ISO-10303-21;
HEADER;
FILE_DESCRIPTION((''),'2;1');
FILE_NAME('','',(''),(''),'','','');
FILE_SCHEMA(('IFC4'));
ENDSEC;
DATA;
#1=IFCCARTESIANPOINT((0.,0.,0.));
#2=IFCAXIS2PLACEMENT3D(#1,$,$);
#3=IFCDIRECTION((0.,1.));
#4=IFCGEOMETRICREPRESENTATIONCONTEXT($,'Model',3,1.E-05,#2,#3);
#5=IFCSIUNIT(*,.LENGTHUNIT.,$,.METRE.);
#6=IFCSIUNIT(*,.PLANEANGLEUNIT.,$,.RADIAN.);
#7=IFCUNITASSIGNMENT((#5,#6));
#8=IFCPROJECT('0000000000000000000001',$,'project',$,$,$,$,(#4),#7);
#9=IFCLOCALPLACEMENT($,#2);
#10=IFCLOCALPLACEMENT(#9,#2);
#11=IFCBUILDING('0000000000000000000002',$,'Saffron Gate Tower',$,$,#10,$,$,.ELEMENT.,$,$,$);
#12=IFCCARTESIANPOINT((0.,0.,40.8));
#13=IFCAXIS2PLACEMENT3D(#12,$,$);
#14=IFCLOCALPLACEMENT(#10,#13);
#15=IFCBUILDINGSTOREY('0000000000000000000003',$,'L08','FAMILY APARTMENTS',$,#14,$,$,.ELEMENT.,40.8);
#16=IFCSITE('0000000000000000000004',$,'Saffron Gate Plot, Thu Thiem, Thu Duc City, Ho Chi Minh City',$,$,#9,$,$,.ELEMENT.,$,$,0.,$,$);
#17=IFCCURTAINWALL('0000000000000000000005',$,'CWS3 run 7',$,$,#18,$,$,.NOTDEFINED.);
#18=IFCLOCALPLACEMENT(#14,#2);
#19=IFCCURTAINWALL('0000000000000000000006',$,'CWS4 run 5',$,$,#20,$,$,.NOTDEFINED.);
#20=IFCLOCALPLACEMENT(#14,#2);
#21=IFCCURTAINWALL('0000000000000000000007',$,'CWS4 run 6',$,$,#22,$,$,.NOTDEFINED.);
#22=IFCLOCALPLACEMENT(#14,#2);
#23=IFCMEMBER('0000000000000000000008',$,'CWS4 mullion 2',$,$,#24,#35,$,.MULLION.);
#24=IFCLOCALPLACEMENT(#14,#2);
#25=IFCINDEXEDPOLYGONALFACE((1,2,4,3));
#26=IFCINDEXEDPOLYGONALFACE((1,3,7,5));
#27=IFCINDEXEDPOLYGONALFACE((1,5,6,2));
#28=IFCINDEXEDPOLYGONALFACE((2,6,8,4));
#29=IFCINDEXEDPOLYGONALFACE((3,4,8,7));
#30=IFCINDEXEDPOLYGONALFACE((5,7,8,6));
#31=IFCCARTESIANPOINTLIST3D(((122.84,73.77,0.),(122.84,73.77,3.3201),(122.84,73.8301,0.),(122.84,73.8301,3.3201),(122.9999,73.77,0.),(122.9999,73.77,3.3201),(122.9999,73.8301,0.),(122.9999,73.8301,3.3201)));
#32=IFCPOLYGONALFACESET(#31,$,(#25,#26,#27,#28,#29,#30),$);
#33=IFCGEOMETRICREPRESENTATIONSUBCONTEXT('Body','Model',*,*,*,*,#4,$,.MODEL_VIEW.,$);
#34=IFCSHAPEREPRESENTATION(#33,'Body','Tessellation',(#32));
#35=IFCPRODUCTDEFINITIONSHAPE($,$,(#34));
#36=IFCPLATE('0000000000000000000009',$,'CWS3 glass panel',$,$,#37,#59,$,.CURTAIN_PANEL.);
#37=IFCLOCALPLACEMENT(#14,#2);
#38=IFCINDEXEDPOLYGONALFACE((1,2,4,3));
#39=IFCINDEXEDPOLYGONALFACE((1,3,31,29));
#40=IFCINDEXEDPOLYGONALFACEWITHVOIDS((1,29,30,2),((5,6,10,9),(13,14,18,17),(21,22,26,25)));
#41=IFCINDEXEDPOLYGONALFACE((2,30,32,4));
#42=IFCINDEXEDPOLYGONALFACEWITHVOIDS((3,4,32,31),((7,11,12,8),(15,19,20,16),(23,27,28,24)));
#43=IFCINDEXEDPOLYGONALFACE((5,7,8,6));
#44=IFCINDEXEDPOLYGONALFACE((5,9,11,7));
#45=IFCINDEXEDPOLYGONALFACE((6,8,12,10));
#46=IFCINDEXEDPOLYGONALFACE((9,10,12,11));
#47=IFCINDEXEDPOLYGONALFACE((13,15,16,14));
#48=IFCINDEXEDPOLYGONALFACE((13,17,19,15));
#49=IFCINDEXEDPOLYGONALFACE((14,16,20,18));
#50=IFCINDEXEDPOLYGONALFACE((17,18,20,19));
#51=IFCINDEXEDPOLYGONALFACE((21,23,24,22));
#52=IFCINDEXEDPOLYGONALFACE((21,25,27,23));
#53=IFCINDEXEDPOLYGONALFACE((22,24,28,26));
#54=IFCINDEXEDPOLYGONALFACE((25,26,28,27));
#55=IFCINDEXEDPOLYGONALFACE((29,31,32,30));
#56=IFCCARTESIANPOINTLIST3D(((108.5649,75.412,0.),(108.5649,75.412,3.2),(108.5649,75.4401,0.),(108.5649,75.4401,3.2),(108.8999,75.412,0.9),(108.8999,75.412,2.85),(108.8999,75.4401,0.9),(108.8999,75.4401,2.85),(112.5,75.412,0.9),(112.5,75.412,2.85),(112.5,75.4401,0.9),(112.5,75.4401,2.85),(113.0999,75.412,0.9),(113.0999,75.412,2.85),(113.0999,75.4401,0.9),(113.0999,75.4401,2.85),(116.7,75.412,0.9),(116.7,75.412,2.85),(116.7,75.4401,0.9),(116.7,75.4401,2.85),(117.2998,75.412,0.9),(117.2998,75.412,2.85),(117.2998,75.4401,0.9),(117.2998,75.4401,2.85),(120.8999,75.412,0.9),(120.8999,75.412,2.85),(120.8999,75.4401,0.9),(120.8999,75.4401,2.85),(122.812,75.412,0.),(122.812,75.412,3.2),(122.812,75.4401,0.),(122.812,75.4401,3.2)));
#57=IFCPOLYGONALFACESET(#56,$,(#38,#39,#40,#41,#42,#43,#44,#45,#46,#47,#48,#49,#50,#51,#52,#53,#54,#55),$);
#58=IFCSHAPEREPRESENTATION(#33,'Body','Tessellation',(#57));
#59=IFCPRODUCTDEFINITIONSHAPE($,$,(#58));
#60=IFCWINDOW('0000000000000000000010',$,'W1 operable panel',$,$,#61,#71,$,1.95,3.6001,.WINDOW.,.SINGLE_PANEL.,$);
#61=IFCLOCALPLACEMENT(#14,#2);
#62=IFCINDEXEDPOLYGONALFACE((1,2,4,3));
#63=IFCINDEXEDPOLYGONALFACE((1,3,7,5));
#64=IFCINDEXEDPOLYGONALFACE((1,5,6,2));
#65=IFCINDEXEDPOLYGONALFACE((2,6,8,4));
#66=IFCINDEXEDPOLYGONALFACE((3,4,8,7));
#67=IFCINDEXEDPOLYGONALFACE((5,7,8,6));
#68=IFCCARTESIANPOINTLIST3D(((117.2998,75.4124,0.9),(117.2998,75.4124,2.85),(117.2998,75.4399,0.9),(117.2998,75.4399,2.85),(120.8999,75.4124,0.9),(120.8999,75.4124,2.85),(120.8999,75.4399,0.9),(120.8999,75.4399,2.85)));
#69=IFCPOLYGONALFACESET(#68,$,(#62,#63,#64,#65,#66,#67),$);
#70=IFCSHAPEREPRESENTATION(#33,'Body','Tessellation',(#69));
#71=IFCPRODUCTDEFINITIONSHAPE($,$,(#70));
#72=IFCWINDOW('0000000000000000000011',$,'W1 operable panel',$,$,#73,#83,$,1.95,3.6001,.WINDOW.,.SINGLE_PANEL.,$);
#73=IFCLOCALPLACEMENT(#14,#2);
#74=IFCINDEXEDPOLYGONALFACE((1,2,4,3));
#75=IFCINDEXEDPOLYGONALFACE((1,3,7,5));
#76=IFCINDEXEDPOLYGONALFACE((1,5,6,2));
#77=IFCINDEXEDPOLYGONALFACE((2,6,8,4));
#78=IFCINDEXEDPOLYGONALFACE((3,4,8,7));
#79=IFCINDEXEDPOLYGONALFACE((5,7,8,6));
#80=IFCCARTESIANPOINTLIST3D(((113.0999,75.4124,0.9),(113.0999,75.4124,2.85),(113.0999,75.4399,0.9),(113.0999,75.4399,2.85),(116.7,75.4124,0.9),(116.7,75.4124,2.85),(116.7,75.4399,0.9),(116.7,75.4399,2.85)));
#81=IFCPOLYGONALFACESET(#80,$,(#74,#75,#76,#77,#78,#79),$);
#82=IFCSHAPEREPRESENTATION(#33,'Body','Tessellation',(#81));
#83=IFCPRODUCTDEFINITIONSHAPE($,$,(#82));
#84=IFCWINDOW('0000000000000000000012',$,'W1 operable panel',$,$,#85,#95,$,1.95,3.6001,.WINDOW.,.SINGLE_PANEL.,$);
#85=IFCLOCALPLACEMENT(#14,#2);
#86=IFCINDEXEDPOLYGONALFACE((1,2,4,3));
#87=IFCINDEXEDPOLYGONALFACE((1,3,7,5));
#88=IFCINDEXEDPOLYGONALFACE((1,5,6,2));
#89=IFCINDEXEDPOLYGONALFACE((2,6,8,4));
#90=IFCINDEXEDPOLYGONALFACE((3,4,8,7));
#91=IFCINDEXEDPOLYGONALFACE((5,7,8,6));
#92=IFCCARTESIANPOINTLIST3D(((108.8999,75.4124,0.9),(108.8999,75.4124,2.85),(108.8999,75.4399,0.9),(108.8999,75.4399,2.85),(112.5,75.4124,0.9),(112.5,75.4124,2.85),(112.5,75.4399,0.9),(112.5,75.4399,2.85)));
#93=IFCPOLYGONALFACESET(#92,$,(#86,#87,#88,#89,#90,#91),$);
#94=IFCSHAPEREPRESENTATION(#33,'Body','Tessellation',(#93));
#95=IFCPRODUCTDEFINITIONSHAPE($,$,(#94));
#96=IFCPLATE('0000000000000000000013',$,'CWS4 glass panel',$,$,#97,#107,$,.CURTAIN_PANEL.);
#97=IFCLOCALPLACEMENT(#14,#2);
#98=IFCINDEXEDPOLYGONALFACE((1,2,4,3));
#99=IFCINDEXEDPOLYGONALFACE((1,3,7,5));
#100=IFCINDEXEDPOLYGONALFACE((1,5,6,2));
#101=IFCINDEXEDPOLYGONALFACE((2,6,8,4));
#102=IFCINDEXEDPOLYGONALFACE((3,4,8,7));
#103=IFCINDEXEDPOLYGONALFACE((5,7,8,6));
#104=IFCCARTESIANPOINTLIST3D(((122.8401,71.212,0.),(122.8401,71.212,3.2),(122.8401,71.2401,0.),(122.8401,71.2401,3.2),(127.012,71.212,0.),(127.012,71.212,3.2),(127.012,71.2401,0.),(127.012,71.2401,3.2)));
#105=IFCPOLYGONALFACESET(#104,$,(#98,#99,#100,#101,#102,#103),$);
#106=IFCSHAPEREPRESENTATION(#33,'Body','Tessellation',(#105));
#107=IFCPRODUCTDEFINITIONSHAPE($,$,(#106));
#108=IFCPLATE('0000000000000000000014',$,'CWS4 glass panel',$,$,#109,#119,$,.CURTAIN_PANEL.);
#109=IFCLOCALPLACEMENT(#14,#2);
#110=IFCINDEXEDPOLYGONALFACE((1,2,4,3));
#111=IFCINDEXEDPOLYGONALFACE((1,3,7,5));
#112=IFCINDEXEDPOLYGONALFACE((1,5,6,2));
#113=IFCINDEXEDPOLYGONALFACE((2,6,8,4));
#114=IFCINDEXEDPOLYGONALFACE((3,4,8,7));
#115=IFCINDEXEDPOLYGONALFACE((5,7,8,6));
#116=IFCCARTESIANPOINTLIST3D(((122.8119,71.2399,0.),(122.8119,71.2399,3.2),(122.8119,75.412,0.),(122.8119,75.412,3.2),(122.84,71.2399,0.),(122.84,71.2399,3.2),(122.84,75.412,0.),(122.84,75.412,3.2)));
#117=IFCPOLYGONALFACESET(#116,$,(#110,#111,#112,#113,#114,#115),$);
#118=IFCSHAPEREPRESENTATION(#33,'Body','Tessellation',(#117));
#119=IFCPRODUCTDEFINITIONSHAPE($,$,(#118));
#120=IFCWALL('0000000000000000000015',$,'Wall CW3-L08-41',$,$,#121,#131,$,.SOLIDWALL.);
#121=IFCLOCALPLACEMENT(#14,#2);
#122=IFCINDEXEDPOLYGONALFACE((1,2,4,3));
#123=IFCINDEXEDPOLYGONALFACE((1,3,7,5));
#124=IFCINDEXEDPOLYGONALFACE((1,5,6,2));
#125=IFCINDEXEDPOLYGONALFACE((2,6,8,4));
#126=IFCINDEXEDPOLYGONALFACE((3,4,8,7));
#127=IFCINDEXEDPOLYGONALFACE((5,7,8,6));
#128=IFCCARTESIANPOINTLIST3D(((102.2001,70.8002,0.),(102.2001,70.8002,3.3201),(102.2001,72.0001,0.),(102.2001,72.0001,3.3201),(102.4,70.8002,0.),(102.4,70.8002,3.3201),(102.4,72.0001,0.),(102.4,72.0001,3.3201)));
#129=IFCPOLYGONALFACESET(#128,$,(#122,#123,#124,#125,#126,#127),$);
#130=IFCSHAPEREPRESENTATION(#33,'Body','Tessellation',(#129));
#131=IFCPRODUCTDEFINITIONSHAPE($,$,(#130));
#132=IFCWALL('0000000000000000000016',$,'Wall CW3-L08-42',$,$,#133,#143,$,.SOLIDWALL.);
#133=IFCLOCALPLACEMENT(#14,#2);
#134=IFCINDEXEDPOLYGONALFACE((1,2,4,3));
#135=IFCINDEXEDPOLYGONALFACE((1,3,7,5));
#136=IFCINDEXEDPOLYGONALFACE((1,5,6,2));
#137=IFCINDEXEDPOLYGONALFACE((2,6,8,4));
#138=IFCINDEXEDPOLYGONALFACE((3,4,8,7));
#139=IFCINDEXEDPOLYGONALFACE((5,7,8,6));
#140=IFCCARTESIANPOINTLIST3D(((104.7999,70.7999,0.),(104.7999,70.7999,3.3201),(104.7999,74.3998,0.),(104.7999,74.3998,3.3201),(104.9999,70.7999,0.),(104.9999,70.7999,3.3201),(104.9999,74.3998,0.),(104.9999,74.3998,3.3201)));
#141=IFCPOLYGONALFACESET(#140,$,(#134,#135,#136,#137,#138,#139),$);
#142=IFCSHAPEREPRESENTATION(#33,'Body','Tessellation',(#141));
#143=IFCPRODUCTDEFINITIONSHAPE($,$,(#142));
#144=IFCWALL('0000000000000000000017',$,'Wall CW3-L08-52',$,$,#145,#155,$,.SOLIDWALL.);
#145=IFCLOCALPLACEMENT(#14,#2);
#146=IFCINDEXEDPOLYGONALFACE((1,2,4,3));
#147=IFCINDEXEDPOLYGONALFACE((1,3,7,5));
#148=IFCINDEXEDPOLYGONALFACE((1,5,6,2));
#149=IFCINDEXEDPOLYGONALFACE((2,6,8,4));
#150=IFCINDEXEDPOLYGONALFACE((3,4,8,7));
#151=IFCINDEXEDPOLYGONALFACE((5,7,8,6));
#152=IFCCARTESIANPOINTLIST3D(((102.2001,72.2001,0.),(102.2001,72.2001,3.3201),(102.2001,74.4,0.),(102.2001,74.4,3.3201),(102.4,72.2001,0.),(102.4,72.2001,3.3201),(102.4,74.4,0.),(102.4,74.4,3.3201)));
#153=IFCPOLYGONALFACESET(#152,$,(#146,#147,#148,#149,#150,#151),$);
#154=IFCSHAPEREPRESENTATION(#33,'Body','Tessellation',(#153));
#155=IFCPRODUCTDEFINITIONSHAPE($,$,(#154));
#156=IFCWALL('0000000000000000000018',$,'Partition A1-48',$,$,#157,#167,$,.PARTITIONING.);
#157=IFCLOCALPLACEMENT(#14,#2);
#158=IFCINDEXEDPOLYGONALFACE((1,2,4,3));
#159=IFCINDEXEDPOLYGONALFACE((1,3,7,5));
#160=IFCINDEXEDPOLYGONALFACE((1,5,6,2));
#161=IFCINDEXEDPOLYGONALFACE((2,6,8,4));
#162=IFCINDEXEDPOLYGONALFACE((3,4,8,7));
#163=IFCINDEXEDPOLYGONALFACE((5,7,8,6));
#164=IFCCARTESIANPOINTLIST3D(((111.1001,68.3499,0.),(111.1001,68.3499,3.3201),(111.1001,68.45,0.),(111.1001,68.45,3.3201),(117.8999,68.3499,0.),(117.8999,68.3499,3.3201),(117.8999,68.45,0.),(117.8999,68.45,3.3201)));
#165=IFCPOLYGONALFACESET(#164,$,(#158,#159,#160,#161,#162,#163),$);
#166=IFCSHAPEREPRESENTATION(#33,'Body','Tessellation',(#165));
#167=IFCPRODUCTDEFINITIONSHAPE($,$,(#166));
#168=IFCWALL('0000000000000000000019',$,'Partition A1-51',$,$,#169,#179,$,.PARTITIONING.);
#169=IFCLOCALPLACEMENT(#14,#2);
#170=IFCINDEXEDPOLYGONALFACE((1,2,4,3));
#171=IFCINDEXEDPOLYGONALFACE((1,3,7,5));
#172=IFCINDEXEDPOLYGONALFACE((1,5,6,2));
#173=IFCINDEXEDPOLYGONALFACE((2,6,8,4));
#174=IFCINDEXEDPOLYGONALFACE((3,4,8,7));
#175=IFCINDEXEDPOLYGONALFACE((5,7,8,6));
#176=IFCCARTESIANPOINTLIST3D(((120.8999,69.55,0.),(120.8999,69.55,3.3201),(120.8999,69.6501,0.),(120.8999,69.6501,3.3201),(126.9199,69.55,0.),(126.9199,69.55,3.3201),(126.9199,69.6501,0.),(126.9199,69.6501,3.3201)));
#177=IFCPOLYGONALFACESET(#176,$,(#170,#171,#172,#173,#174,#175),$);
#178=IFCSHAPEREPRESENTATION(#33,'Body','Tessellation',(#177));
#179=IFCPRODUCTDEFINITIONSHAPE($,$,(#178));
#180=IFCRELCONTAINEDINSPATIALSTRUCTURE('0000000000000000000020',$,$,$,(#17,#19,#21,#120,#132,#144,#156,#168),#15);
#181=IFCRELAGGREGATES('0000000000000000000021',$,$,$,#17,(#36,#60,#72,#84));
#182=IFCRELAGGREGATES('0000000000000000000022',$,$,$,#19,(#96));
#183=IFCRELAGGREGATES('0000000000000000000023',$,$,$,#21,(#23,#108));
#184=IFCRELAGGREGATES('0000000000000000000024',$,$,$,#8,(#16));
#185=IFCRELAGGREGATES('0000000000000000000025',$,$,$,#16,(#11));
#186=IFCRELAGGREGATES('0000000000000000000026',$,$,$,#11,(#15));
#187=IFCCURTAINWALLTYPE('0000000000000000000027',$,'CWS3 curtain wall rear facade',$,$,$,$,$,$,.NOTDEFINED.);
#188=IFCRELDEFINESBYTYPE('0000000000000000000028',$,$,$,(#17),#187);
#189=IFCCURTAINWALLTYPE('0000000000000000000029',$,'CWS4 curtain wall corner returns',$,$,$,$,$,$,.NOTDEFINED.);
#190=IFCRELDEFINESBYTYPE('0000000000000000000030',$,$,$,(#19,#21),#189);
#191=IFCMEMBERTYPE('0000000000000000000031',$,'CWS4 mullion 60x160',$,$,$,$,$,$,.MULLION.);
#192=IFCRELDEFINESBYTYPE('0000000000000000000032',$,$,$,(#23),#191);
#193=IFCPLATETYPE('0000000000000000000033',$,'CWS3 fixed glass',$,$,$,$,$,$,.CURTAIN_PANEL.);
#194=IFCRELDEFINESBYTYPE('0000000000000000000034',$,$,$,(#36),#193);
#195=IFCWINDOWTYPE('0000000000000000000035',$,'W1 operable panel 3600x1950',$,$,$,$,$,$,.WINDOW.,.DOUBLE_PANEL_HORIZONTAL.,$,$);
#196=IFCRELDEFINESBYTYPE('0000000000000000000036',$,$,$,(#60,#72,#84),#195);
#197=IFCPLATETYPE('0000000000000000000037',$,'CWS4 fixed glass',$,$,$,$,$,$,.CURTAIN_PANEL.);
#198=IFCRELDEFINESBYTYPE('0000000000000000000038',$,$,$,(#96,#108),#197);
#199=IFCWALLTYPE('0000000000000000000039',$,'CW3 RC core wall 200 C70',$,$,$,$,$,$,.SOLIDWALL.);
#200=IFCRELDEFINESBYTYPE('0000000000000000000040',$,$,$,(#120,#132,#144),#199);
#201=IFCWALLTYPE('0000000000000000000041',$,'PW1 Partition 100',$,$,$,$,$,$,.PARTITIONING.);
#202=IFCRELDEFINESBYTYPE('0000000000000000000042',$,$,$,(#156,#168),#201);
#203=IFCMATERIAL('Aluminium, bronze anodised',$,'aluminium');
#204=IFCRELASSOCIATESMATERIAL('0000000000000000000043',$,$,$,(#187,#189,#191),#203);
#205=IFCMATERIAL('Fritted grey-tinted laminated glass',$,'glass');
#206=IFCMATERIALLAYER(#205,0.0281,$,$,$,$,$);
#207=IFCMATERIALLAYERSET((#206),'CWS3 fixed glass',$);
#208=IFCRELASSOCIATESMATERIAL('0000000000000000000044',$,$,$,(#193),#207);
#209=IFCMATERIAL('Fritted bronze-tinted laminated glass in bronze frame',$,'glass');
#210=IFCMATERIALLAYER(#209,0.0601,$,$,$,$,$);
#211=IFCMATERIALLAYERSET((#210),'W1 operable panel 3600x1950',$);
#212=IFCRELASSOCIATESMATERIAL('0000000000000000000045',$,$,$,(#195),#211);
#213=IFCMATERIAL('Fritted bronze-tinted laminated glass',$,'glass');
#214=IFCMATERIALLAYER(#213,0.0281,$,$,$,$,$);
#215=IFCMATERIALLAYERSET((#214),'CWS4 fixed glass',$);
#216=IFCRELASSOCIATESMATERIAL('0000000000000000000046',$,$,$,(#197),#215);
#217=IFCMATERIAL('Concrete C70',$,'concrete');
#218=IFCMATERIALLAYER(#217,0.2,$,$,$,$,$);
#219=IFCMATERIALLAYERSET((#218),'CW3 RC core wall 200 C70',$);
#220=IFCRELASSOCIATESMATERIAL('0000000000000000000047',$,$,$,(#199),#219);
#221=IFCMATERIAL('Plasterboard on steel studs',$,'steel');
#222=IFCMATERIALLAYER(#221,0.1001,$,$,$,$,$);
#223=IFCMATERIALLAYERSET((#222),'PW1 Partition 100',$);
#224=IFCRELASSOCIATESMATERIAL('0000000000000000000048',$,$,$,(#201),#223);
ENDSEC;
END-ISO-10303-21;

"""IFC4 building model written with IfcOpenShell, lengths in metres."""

from ifc_helpers import new_model, si_unit, direction, frame, frame_2d, origin, origin_2d, place, context, subcontext, project, spatial, rectangle, extrude, material, layer, layer_set, material_profile, profile_set, type_object, element, fill, aggregate, save


model = new_model("IFC4")

# Units and contexts
model_context = context("Model", 3, precision=1e-05, world=origin(), true_north=direction((0.0, 1.0)))
body_context = subcontext(model_context, "Body", "Model", "MODEL_VIEW")
ifc_project = project(units=[si_unit("LENGTHUNIT", "METRE"), si_unit("PLANEANGLEUNIT", "RADIAN")], contexts=[model_context])

# Site, building, storey
site_placement = place(None, origin())
site = spatial("IfcSite", under=ifc_project, at=site_placement, Name="Saffron Gate Plot, Thu Thiem, Thu Duc City, Ho Chi Minh City", CompositionType="ELEMENT", RefElevation=0.0)
building_placement = place(site_placement, origin())
building = spatial("IfcBuilding", under=site, at=building_placement, Name="Saffron Gate Tower", CompositionType="ELEMENT")
storey_placement = place(building_placement, frame((0.0, 0.0, 40.8)))
storey = spatial("IfcBuildingStorey", under=building, at=storey_placement, Name="L08", Description="FAMILY APARTMENTS", CompositionType="ELEMENT", Elevation=40.8)

# Curtain wall
ifc_material_1 = material(Name="Aluminium, bronze anodised", Category="aluminium")
curtain_wall_type_1 = type_object("IfcCurtainWallType", Name="CWS3 curtain wall rear facade", PredefinedType="NOTDEFINED", material=ifc_material_1)
curtain_wall_1_placement = place(storey_placement, origin())
curtain_wall_1 = element("IfcCurtainWall", 1, at=curtain_wall_1_placement, inside=storey, type_object=curtain_wall_type_1, Name="CWS3 run 7", PredefinedType="NOTDEFINED")

# Curtain walls
curtain_wall_type_2 = type_object("IfcCurtainWallType", Name="CWS4 curtain wall corner returns", PredefinedType="NOTDEFINED", material=ifc_material_1)
curtain_wall_2_placement = place(storey_placement, origin())
curtain_wall_2 = element("IfcCurtainWall", 2, at=curtain_wall_2_placement, inside=storey, type_object=curtain_wall_type_2, Name="CWS4 run 5", PredefinedType="NOTDEFINED")
curtain_wall_3_placement = place(storey_placement, origin())
curtain_wall_3 = element("IfcCurtainWall", 3, at=curtain_wall_3_placement, inside=storey, type_object=curtain_wall_type_2, Name="CWS4 run 6", PredefinedType="NOTDEFINED")

# Member
ifc_material_profile_1 = material_profile(ifc_material_1, rectangle(XDim=0.1599, YDim=0.0601, at=origin_2d()))
ifc_profile_set_1 = profile_set([ifc_material_profile_1], Name="Aluminium, bronze anodised")
member_type_1 = type_object("IfcMemberType", Name="CWS4 mullion 60x160", PredefinedType="MULLION", material=ifc_profile_set_1)
member_1_placement = place(storey_placement, frame((122.9199, 73.8, 0.0), z_axis=(0.0, 0.0, 1.0), x_axis=(-1.0, 0.0, 0.0)))
member_1 = element("IfcMember", 4, at=member_1_placement, type_object=member_type_1, Name="CWS4 mullion 2", PredefinedType="MULLION", context=body_context, shape_type="SweptSolid", body=[
    extrude(rectangle(XDim=0.1599, YDim=0.0601, at=origin_2d()), origin(), (0.0, 0.0, 1.0), 3.3201),
])

# Plate, openings, windows
ifc_material_2 = material(Name="Fritted grey-tinted laminated glass", Category="glass")
ifc_layer_1 = layer(ifc_material_2, 0.0281)
ifc_layer_set_1 = layer_set([ifc_layer_1], Name="CWS3 fixed glass")
plate_type_1 = type_object("IfcPlateType", Name="CWS3 fixed glass", PredefinedType="CURTAIN_PANEL", material=ifc_layer_set_1)
plate_1_placement = place(storey_placement, frame((122.812, 75.426, 0.0), z_axis=(0.0, 0.0, 1.0), x_axis=(-1.0, 0.0, 0.0)))
plate_1 = element("IfcPlate", 5, at=plate_1_placement, type_object=plate_type_1, Name="CWS3 glass panel", PredefinedType="CURTAIN_PANEL", context=body_context, shape_type="SweptSolid", body=[
    extrude(rectangle(XDim=14.2471, YDim=0.0281, at=frame_2d((7.1235, 0.0))), origin(), (0.0, 0.0, 1.0), 3.2),
])
opening_1_placement = place(plate_1_placement, frame((1.9121, 0.0, 0.8999)))
opening_1 = element("IfcOpeningElement", 6, at=opening_1_placement, cuts=plate_1, PredefinedType="OPENING", context=body_context, shape_type="SweptSolid", body=[
    extrude(rectangle(XDim=3.6001, YDim=1.95, at=frame_2d((1.8, 0.9751))), frame((0.0, 0.0239, 0.0), z_axis=(0.0, -1.0, 0.0), x_axis=(1.0, 0.0, 0.0)), (0.0, 0.0, 1.0), 0.0481),
])
opening_2_placement = place(plate_1_placement, frame((6.1121, 0.0, 0.8999)))
opening_2 = element("IfcOpeningElement", 7, at=opening_2_placement, cuts=plate_1, PredefinedType="OPENING", context=body_context, shape_type="SweptSolid", body=[
    extrude(rectangle(XDim=3.6001, YDim=1.95, at=frame_2d((1.8, 0.9751))), frame((0.0, 0.0239, 0.0), z_axis=(0.0, -1.0, 0.0), x_axis=(1.0, 0.0, 0.0)), (0.0, 0.0, 1.0), 0.0481),
])
opening_3_placement = place(plate_1_placement, frame((10.312, 0.0, 0.8999)))
opening_3 = element("IfcOpeningElement", 8, at=opening_3_placement, cuts=plate_1, PredefinedType="OPENING", context=body_context, shape_type="SweptSolid", body=[
    extrude(rectangle(XDim=3.6001, YDim=1.95, at=frame_2d((1.8, 0.9751))), frame((0.0, 0.0239, 0.0), z_axis=(0.0, -1.0, 0.0), x_axis=(1.0, 0.0, 0.0)), (0.0, 0.0, 1.0), 0.0481),
])
ifc_material_3 = material(Name="Fritted bronze-tinted laminated glass in bronze frame", Category="glass")
ifc_layer_2 = layer(ifc_material_3, 0.0601)
ifc_layer_set_2 = layer_set([ifc_layer_2], Name="W1 operable panel 3600x1950")
window_type = type_object("IfcWindowType", Name="W1 operable panel 3600x1950", PartitioningType="DOUBLE_PANEL_HORIZONTAL", PredefinedType="WINDOW", material=ifc_layer_set_2)
window_1_placement = place(opening_1_placement, origin())
window_1 = element("IfcWindow", 9, at=window_1_placement, type_object=window_type, Name="W1 operable panel", OverallHeight=1.95, OverallWidth=3.6001, PartitioningType="SINGLE_PANEL", PredefinedType="WINDOW", context=body_context, shape_type="SweptSolid", body=[
    extrude(rectangle(XDim=3.6001, YDim=1.95, at=frame_2d((1.8, 0.9751))), frame((0.0, 0.0137, 0.0), z_axis=(0.0, -1.0, 0.0), x_axis=(1.0, 0.0, 0.0)), (0.0, 0.0, 1.0), 0.0276),
])
fill(opening_1, window_1)
window_2_placement = place(opening_2_placement, origin())
window_2 = element("IfcWindow", 10, at=window_2_placement, type_object=window_type, Name="W1 operable panel", OverallHeight=1.95, OverallWidth=3.6001, PartitioningType="SINGLE_PANEL", PredefinedType="WINDOW", context=body_context, shape_type="SweptSolid", body=[
    extrude(rectangle(XDim=3.6001, YDim=1.95, at=frame_2d((1.8, 0.9751))), frame((0.0, 0.0137, 0.0), z_axis=(0.0, -1.0, 0.0), x_axis=(1.0, 0.0, 0.0)), (0.0, 0.0, 1.0), 0.0276),
])
fill(opening_2, window_2)
window_3_placement = place(opening_3_placement, origin())
window_3 = element("IfcWindow", 11, at=window_3_placement, type_object=window_type, Name="W1 operable panel", OverallHeight=1.95, OverallWidth=3.6001, PartitioningType="SINGLE_PANEL", PredefinedType="WINDOW", context=body_context, shape_type="SweptSolid", body=[
    extrude(rectangle(XDim=3.6001, YDim=1.95, at=frame_2d((1.8, 0.9751))), frame((0.0, 0.0137, 0.0), z_axis=(0.0, -1.0, 0.0), x_axis=(1.0, 0.0, 0.0)), (0.0, 0.0, 1.0), 0.0276),
])
fill(opening_3, window_3)
aggregate(curtain_wall_1, [plate_1, window_1, window_2, window_3])

# Plates
ifc_material_4 = material(Name="Fritted bronze-tinted laminated glass", Category="glass")
ifc_layer_3 = layer(ifc_material_4, 0.0281)
ifc_layer_set_3 = layer_set([ifc_layer_3], Name="CWS4 fixed glass")
plate_type_2 = type_object("IfcPlateType", Name="CWS4 fixed glass", PredefinedType="CURTAIN_PANEL", material=ifc_layer_set_3)
plate_2_placement = place(storey_placement, frame((127.012, 71.2261, 0.0), z_axis=(0.0, 0.0, 1.0), x_axis=(-1.0, 0.0, 0.0)))
plate_2 = element("IfcPlate", 12, at=plate_2_placement, type_object=plate_type_2, Name="CWS4 glass panel", PredefinedType="CURTAIN_PANEL", context=body_context, shape_type="SweptSolid", body=[
    extrude(rectangle(XDim=4.1719, YDim=0.0281, at=frame_2d((2.0859, 0.0))), origin(), (0.0, 0.0, 1.0), 3.2),
])
aggregate(curtain_wall_2, [plate_2])
plate_3_placement = place(storey_placement, frame((122.8259, 71.24, 0.0), z_axis=(0.0, 0.0, 1.0), x_axis=(0.0, 1.0, 0.0)))
plate_3 = element("IfcPlate", 13, at=plate_3_placement, type_object=plate_type_2, Name="CWS4 glass panel", PredefinedType="CURTAIN_PANEL", context=body_context, shape_type="SweptSolid", body=[
    extrude(rectangle(XDim=4.1721, YDim=0.0281, at=frame_2d((2.0859, 0.0))), origin(), (0.0, 0.0, 1.0), 3.2),
])
aggregate(curtain_wall_3, [member_1, plate_3])

# Walls
ifc_material_5 = material(Name="Concrete C70", Category="concrete")
ifc_layer_4 = layer(ifc_material_5, 0.2)
ifc_layer_set_4 = layer_set([ifc_layer_4], Name="CW3 RC core wall 200 C70")
wall_type_1 = type_object("IfcWallType", Name="CW3 RC core wall 200 C70", PredefinedType="SOLIDWALL", material=ifc_layer_set_4)
wall_1_placement = place(storey_placement, frame((102.3, 70.8, 0.0), z_axis=(0.0, 0.0, 1.0), x_axis=(0.0, 1.0, 0.0)))
element("IfcWall", 14, at=wall_1_placement, inside=storey, type_object=wall_type_1, Name="Wall CW3-L08-41", PredefinedType="SOLIDWALL", context=body_context, shape_type="SweptSolid", body=[
    extrude(rectangle(XDim=1.2, YDim=0.2, at=frame_2d((0.6001, 0.0))), origin(), (0.0, 0.0, 1.0), 3.3201),
])
wall_2_placement = place(storey_placement, frame((104.8999, 70.8, 0.0), z_axis=(0.0, 0.0, 1.0), x_axis=(0.0, 1.0, 0.0)))
element("IfcWall", 15, at=wall_2_placement, inside=storey, type_object=wall_type_1, Name="Wall CW3-L08-42", PredefinedType="SOLIDWALL", context=body_context, shape_type="SweptSolid", body=[
    extrude(rectangle(XDim=3.5999, YDim=0.2, at=frame_2d((1.7998, 0.0))), origin(), (0.0, 0.0, 1.0), 3.3201),
])
wall_3_placement = place(storey_placement, frame((102.3, 72.2, 0.0), z_axis=(0.0, 0.0, 1.0), x_axis=(0.0, 1.0, 0.0)))
element("IfcWall", 16, at=wall_3_placement, inside=storey, type_object=wall_type_1, Name="Wall CW3-L08-52", PredefinedType="SOLIDWALL", context=body_context, shape_type="SweptSolid", body=[
    extrude(rectangle(XDim=2.2, YDim=0.2, at=frame_2d((1.1001, 0.0))), origin(), (0.0, 0.0, 1.0), 3.3201),
])
ifc_material_6 = material(Name="Plasterboard on steel studs", Category="steel")
ifc_layer_5 = layer(ifc_material_6, 0.1001)
ifc_layer_set_5 = layer_set([ifc_layer_5], Name="PW1 Partition 100")
wall_type_2 = type_object("IfcWallType", Name="PW1 Partition 100", PredefinedType="PARTITIONING", material=ifc_layer_set_5)
wall_4_placement = place(storey_placement, frame((111.1001, 68.3999, 0.0), z_axis=(0.0, 0.0, 1.0), x_axis=(1.0, 0.0, 0.0)))
element("IfcWall", 17, at=wall_4_placement, inside=storey, type_object=wall_type_2, Name="Partition A1-48", PredefinedType="PARTITIONING", context=body_context, shape_type="SweptSolid", body=[
    extrude(rectangle(XDim=6.7998, YDim=0.1001, at=frame_2d((3.3999, 0.0))), origin(), (0.0, 0.0, 1.0), 3.3201),
])
wall_5_placement = place(storey_placement, frame((120.8999, 69.6001, 0.0), z_axis=(0.0, 0.0, 1.0), x_axis=(1.0, 0.0, 0.0)))
element("IfcWall", 18, at=wall_5_placement, inside=storey, type_object=wall_type_2, Name="Partition A1-51", PredefinedType="PARTITIONING", context=body_context, shape_type="SweptSolid", body=[
    extrude(rectangle(XDim=6.02, YDim=0.1001, at=frame_2d((3.01, 0.0))), origin(), (0.0, 0.0, 1.0), 3.3201),
])

save(model, "model.ifc")
